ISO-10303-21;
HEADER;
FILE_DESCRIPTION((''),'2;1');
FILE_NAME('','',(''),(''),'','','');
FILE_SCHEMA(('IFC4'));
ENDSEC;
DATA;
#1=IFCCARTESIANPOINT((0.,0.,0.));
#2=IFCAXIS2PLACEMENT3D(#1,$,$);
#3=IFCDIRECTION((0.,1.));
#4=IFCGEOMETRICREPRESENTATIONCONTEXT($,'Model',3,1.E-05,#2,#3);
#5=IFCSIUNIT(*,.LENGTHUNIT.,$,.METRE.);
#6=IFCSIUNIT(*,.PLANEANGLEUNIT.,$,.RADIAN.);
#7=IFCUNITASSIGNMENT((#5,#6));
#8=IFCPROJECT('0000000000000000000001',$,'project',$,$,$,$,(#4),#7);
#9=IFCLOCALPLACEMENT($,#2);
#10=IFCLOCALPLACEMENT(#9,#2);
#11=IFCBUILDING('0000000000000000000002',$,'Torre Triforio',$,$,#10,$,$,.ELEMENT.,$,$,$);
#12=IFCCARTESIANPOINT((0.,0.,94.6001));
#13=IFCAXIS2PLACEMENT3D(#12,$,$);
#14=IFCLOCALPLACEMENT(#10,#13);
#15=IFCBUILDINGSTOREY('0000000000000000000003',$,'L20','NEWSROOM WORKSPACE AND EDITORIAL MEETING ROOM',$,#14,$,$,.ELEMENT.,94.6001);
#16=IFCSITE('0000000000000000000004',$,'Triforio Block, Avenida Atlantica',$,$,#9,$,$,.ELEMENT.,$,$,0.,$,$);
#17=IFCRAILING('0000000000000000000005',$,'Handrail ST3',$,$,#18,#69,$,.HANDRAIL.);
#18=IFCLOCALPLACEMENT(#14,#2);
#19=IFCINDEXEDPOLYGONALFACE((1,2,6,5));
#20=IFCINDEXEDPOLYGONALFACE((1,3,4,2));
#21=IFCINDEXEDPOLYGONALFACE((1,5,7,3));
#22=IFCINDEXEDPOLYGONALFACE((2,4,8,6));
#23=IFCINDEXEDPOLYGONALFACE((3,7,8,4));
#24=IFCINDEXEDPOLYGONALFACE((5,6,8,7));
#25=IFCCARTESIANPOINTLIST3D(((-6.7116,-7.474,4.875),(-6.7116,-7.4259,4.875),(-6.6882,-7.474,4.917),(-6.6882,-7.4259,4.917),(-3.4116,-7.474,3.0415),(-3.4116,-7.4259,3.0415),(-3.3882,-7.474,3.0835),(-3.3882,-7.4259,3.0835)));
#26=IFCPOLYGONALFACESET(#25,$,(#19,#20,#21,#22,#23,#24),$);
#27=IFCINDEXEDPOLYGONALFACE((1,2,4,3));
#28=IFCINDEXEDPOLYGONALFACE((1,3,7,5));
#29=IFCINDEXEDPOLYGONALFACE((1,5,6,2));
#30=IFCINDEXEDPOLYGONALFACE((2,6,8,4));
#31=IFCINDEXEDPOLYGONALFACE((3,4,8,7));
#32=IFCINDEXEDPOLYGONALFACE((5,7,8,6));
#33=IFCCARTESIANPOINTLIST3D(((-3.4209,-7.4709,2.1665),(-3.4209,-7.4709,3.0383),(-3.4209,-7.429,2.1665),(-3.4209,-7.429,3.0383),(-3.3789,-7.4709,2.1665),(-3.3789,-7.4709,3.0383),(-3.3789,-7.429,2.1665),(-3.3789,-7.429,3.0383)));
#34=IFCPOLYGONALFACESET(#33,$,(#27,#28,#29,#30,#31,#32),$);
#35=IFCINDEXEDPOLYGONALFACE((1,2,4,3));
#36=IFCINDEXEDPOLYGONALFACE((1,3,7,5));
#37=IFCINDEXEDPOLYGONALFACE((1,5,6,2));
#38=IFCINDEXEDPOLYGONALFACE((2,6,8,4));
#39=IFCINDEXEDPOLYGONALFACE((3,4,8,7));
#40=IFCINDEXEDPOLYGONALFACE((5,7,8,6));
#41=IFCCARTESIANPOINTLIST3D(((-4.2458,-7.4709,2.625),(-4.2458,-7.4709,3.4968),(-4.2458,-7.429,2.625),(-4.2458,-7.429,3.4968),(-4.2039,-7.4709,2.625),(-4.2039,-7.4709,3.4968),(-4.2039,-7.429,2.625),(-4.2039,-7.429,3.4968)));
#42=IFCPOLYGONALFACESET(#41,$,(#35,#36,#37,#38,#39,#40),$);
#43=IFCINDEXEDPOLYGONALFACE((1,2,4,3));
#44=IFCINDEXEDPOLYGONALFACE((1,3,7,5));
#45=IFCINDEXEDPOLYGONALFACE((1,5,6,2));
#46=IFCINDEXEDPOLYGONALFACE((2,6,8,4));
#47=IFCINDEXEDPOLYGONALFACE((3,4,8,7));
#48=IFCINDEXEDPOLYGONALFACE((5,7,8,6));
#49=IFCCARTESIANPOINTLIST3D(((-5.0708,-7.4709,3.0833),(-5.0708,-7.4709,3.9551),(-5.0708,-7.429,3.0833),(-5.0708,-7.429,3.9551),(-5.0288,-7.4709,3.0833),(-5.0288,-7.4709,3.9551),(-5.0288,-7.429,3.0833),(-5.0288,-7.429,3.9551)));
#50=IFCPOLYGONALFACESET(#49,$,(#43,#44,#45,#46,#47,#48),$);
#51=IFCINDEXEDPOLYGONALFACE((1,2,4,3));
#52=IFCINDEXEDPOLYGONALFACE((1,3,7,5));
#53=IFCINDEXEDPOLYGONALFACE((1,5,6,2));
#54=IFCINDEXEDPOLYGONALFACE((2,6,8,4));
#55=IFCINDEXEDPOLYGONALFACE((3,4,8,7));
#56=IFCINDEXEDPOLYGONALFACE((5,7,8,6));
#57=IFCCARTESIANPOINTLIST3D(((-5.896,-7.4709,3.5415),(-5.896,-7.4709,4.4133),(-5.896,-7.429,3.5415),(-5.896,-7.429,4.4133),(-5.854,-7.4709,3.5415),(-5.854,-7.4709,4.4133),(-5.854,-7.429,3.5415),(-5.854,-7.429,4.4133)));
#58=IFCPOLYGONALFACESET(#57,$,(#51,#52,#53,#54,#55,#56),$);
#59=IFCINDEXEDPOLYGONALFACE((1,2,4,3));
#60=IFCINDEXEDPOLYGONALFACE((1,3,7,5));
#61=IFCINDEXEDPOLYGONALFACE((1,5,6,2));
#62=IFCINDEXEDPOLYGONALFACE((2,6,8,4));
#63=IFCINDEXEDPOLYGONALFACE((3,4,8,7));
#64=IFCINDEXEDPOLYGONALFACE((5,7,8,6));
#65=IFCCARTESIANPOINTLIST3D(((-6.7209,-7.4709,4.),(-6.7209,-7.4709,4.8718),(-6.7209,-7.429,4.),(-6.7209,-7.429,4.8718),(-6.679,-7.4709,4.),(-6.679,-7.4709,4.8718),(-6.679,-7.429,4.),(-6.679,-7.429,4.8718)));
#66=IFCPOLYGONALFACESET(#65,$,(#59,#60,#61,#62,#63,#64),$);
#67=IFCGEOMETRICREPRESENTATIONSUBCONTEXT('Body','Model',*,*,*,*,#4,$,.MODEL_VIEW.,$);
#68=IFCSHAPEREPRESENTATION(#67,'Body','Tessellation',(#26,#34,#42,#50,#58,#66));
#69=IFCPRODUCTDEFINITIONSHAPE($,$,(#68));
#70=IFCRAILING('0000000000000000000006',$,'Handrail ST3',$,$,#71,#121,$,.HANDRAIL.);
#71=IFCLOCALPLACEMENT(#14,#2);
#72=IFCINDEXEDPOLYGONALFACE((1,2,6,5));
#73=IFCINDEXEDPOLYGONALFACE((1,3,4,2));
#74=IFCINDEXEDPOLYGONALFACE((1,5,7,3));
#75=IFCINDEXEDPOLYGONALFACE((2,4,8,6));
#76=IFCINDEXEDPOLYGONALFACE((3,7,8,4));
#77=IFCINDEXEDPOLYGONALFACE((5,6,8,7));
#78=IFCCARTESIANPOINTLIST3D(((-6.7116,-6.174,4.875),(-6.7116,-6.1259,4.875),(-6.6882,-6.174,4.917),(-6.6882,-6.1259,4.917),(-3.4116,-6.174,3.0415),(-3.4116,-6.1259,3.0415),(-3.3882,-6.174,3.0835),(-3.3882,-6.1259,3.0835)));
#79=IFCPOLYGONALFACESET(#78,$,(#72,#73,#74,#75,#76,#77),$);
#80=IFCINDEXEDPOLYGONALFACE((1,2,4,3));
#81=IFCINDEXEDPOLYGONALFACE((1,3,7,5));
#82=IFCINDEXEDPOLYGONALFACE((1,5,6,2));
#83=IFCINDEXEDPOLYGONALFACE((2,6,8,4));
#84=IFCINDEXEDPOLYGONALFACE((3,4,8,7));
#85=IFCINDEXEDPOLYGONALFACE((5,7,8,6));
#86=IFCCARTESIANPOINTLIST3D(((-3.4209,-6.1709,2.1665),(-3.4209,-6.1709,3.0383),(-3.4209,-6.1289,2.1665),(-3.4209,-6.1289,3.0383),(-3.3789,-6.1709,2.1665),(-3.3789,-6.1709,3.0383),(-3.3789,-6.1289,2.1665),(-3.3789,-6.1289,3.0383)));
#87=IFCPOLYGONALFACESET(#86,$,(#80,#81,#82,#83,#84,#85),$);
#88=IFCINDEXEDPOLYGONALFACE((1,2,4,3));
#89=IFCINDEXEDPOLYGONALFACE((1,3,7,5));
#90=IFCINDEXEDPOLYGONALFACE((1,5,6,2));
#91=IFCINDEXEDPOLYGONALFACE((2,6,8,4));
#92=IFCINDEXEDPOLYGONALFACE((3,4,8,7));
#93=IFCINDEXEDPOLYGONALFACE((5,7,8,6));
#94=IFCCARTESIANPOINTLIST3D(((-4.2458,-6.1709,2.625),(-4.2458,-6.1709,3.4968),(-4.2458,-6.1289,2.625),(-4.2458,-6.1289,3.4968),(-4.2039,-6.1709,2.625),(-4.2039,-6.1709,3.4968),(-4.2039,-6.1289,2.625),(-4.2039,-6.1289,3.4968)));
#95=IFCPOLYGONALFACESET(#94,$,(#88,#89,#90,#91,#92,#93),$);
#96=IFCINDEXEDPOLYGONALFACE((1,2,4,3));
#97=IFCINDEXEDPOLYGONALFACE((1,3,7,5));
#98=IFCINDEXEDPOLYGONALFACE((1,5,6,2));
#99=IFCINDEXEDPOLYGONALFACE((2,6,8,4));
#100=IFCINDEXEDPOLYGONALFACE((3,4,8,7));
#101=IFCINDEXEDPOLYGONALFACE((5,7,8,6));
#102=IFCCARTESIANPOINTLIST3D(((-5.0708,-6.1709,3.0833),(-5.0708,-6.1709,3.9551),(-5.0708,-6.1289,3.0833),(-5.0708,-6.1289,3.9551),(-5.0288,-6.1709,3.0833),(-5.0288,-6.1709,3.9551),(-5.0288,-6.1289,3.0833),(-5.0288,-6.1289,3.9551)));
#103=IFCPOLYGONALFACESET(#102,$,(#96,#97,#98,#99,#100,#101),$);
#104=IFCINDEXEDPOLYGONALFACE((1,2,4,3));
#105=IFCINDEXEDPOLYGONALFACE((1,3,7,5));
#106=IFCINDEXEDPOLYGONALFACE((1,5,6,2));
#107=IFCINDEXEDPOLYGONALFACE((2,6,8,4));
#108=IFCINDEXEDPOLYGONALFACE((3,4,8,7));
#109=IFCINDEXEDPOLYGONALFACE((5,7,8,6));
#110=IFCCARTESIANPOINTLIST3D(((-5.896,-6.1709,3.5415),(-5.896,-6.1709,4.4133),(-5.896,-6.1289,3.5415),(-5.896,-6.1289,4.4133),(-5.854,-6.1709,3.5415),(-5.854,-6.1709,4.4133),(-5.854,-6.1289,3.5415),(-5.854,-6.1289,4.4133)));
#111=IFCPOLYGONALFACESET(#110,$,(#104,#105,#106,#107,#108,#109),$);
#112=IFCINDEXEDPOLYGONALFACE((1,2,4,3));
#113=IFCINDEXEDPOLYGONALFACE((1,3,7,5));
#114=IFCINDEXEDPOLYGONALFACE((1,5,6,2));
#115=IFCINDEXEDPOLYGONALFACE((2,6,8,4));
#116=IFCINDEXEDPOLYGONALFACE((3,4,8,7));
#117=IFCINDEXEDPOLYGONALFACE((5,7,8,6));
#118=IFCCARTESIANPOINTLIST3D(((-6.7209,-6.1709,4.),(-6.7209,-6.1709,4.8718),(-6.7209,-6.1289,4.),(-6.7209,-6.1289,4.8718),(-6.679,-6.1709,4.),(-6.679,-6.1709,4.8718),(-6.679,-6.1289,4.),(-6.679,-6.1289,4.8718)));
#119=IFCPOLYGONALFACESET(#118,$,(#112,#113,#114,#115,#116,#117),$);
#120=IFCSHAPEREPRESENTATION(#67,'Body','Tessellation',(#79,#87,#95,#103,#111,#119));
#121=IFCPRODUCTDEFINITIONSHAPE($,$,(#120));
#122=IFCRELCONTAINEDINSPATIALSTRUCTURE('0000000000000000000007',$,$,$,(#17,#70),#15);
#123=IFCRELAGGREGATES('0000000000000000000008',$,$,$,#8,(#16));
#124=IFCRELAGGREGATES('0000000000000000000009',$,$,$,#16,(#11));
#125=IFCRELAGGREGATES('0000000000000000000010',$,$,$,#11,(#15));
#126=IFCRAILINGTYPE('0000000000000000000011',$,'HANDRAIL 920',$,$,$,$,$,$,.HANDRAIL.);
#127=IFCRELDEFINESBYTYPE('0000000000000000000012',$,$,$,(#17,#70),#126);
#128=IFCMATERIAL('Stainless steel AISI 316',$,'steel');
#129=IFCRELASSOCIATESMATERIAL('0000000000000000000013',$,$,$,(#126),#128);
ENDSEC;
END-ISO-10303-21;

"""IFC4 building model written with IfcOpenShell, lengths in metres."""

from ifc_helpers import new_model, si_unit, direction, frame, origin, origin_2d, place, context, subcontext, project, spatial, rectangle, extrude, material, type_object, element, save


model = new_model("IFC4")

# Units and contexts
model_context = context("Model", 3, precision=1e-05, world=origin(), true_north=direction((0.0, 1.0)))
body_context = subcontext(model_context, "Body", "Model", "MODEL_VIEW")
ifc_project = project(units=[si_unit("LENGTHUNIT", "METRE"), si_unit("PLANEANGLEUNIT", "RADIAN")], contexts=[model_context])

# Site, building, storey
site_placement = place(None, origin())
site = spatial("IfcSite", under=ifc_project, at=site_placement, Name="Triforio Block, Avenida Atlantica", CompositionType="ELEMENT", RefElevation=0.0)
building_placement = place(site_placement, origin())
building = spatial("IfcBuilding", under=site, at=building_placement, Name="Torre Triforio", CompositionType="ELEMENT")
storey_placement = place(building_placement, frame((0.0, 0.0, 94.6001)))
storey = spatial("IfcBuildingStorey", under=building, at=storey_placement, Name="L20", Description="NEWSROOM WORKSPACE AND EDITORIAL MEETING ROOM", CompositionType="ELEMENT", Elevation=94.6001)

# Railings
ifc_material_1 = material(Name="Stainless steel AISI 316", Category="steel")
railing_type = type_object("IfcRailingType", Name="HANDRAIL 920", PredefinedType="HANDRAIL", material=ifc_material_1)
for number, where, name in (
    (1, (-3.3999, -7.45, 2.1665), "Handrail ST3"),
    (2, (-3.3999, -6.1499, 2.1665), "Handrail ST3"),
):
    element("IfcRailing", number, at=place(storey_placement, frame(where)), inside=storey, type_object=railing_type, Name=name, PredefinedType="HANDRAIL", context=body_context, shape_type="SweptSolid", body=[
        extrude(rectangle(XDim=0.0481, YDim=0.0481, at=origin_2d()), frame((0.0, 0.0, 0.896), z_axis=(-0.874142, 0.0, 0.48567), x_axis=(0.0, -1.0, 0.0)), (0.0, 0.0, 1.0), 3.7751),
        extrude(rectangle(XDim=0.042, YDim=0.042, at=origin_2d()), origin(), (0.0, 0.0, 1.0), 0.8718),
        extrude(rectangle(XDim=0.042, YDim=0.042, at=origin_2d()), frame((-0.825, 0.0, 0.4585)), (0.0, 0.0, 1.0), 0.8718),
        extrude(rectangle(XDim=0.042, YDim=0.042, at=origin_2d()), frame((-1.6499, 0.0, 0.9167)), (0.0, 0.0, 1.0), 0.8718),
        extrude(rectangle(XDim=0.042, YDim=0.042, at=origin_2d()), frame((-2.4751, 0.0, 1.375)), (0.0, 0.0, 1.0), 0.8718),
        extrude(rectangle(XDim=0.042, YDim=0.042, at=origin_2d()), frame((-3.3, 0.0, 1.8335)), (0.0, 0.0, 1.0), 0.8718),
    ])

save(model, "model.ifc")
